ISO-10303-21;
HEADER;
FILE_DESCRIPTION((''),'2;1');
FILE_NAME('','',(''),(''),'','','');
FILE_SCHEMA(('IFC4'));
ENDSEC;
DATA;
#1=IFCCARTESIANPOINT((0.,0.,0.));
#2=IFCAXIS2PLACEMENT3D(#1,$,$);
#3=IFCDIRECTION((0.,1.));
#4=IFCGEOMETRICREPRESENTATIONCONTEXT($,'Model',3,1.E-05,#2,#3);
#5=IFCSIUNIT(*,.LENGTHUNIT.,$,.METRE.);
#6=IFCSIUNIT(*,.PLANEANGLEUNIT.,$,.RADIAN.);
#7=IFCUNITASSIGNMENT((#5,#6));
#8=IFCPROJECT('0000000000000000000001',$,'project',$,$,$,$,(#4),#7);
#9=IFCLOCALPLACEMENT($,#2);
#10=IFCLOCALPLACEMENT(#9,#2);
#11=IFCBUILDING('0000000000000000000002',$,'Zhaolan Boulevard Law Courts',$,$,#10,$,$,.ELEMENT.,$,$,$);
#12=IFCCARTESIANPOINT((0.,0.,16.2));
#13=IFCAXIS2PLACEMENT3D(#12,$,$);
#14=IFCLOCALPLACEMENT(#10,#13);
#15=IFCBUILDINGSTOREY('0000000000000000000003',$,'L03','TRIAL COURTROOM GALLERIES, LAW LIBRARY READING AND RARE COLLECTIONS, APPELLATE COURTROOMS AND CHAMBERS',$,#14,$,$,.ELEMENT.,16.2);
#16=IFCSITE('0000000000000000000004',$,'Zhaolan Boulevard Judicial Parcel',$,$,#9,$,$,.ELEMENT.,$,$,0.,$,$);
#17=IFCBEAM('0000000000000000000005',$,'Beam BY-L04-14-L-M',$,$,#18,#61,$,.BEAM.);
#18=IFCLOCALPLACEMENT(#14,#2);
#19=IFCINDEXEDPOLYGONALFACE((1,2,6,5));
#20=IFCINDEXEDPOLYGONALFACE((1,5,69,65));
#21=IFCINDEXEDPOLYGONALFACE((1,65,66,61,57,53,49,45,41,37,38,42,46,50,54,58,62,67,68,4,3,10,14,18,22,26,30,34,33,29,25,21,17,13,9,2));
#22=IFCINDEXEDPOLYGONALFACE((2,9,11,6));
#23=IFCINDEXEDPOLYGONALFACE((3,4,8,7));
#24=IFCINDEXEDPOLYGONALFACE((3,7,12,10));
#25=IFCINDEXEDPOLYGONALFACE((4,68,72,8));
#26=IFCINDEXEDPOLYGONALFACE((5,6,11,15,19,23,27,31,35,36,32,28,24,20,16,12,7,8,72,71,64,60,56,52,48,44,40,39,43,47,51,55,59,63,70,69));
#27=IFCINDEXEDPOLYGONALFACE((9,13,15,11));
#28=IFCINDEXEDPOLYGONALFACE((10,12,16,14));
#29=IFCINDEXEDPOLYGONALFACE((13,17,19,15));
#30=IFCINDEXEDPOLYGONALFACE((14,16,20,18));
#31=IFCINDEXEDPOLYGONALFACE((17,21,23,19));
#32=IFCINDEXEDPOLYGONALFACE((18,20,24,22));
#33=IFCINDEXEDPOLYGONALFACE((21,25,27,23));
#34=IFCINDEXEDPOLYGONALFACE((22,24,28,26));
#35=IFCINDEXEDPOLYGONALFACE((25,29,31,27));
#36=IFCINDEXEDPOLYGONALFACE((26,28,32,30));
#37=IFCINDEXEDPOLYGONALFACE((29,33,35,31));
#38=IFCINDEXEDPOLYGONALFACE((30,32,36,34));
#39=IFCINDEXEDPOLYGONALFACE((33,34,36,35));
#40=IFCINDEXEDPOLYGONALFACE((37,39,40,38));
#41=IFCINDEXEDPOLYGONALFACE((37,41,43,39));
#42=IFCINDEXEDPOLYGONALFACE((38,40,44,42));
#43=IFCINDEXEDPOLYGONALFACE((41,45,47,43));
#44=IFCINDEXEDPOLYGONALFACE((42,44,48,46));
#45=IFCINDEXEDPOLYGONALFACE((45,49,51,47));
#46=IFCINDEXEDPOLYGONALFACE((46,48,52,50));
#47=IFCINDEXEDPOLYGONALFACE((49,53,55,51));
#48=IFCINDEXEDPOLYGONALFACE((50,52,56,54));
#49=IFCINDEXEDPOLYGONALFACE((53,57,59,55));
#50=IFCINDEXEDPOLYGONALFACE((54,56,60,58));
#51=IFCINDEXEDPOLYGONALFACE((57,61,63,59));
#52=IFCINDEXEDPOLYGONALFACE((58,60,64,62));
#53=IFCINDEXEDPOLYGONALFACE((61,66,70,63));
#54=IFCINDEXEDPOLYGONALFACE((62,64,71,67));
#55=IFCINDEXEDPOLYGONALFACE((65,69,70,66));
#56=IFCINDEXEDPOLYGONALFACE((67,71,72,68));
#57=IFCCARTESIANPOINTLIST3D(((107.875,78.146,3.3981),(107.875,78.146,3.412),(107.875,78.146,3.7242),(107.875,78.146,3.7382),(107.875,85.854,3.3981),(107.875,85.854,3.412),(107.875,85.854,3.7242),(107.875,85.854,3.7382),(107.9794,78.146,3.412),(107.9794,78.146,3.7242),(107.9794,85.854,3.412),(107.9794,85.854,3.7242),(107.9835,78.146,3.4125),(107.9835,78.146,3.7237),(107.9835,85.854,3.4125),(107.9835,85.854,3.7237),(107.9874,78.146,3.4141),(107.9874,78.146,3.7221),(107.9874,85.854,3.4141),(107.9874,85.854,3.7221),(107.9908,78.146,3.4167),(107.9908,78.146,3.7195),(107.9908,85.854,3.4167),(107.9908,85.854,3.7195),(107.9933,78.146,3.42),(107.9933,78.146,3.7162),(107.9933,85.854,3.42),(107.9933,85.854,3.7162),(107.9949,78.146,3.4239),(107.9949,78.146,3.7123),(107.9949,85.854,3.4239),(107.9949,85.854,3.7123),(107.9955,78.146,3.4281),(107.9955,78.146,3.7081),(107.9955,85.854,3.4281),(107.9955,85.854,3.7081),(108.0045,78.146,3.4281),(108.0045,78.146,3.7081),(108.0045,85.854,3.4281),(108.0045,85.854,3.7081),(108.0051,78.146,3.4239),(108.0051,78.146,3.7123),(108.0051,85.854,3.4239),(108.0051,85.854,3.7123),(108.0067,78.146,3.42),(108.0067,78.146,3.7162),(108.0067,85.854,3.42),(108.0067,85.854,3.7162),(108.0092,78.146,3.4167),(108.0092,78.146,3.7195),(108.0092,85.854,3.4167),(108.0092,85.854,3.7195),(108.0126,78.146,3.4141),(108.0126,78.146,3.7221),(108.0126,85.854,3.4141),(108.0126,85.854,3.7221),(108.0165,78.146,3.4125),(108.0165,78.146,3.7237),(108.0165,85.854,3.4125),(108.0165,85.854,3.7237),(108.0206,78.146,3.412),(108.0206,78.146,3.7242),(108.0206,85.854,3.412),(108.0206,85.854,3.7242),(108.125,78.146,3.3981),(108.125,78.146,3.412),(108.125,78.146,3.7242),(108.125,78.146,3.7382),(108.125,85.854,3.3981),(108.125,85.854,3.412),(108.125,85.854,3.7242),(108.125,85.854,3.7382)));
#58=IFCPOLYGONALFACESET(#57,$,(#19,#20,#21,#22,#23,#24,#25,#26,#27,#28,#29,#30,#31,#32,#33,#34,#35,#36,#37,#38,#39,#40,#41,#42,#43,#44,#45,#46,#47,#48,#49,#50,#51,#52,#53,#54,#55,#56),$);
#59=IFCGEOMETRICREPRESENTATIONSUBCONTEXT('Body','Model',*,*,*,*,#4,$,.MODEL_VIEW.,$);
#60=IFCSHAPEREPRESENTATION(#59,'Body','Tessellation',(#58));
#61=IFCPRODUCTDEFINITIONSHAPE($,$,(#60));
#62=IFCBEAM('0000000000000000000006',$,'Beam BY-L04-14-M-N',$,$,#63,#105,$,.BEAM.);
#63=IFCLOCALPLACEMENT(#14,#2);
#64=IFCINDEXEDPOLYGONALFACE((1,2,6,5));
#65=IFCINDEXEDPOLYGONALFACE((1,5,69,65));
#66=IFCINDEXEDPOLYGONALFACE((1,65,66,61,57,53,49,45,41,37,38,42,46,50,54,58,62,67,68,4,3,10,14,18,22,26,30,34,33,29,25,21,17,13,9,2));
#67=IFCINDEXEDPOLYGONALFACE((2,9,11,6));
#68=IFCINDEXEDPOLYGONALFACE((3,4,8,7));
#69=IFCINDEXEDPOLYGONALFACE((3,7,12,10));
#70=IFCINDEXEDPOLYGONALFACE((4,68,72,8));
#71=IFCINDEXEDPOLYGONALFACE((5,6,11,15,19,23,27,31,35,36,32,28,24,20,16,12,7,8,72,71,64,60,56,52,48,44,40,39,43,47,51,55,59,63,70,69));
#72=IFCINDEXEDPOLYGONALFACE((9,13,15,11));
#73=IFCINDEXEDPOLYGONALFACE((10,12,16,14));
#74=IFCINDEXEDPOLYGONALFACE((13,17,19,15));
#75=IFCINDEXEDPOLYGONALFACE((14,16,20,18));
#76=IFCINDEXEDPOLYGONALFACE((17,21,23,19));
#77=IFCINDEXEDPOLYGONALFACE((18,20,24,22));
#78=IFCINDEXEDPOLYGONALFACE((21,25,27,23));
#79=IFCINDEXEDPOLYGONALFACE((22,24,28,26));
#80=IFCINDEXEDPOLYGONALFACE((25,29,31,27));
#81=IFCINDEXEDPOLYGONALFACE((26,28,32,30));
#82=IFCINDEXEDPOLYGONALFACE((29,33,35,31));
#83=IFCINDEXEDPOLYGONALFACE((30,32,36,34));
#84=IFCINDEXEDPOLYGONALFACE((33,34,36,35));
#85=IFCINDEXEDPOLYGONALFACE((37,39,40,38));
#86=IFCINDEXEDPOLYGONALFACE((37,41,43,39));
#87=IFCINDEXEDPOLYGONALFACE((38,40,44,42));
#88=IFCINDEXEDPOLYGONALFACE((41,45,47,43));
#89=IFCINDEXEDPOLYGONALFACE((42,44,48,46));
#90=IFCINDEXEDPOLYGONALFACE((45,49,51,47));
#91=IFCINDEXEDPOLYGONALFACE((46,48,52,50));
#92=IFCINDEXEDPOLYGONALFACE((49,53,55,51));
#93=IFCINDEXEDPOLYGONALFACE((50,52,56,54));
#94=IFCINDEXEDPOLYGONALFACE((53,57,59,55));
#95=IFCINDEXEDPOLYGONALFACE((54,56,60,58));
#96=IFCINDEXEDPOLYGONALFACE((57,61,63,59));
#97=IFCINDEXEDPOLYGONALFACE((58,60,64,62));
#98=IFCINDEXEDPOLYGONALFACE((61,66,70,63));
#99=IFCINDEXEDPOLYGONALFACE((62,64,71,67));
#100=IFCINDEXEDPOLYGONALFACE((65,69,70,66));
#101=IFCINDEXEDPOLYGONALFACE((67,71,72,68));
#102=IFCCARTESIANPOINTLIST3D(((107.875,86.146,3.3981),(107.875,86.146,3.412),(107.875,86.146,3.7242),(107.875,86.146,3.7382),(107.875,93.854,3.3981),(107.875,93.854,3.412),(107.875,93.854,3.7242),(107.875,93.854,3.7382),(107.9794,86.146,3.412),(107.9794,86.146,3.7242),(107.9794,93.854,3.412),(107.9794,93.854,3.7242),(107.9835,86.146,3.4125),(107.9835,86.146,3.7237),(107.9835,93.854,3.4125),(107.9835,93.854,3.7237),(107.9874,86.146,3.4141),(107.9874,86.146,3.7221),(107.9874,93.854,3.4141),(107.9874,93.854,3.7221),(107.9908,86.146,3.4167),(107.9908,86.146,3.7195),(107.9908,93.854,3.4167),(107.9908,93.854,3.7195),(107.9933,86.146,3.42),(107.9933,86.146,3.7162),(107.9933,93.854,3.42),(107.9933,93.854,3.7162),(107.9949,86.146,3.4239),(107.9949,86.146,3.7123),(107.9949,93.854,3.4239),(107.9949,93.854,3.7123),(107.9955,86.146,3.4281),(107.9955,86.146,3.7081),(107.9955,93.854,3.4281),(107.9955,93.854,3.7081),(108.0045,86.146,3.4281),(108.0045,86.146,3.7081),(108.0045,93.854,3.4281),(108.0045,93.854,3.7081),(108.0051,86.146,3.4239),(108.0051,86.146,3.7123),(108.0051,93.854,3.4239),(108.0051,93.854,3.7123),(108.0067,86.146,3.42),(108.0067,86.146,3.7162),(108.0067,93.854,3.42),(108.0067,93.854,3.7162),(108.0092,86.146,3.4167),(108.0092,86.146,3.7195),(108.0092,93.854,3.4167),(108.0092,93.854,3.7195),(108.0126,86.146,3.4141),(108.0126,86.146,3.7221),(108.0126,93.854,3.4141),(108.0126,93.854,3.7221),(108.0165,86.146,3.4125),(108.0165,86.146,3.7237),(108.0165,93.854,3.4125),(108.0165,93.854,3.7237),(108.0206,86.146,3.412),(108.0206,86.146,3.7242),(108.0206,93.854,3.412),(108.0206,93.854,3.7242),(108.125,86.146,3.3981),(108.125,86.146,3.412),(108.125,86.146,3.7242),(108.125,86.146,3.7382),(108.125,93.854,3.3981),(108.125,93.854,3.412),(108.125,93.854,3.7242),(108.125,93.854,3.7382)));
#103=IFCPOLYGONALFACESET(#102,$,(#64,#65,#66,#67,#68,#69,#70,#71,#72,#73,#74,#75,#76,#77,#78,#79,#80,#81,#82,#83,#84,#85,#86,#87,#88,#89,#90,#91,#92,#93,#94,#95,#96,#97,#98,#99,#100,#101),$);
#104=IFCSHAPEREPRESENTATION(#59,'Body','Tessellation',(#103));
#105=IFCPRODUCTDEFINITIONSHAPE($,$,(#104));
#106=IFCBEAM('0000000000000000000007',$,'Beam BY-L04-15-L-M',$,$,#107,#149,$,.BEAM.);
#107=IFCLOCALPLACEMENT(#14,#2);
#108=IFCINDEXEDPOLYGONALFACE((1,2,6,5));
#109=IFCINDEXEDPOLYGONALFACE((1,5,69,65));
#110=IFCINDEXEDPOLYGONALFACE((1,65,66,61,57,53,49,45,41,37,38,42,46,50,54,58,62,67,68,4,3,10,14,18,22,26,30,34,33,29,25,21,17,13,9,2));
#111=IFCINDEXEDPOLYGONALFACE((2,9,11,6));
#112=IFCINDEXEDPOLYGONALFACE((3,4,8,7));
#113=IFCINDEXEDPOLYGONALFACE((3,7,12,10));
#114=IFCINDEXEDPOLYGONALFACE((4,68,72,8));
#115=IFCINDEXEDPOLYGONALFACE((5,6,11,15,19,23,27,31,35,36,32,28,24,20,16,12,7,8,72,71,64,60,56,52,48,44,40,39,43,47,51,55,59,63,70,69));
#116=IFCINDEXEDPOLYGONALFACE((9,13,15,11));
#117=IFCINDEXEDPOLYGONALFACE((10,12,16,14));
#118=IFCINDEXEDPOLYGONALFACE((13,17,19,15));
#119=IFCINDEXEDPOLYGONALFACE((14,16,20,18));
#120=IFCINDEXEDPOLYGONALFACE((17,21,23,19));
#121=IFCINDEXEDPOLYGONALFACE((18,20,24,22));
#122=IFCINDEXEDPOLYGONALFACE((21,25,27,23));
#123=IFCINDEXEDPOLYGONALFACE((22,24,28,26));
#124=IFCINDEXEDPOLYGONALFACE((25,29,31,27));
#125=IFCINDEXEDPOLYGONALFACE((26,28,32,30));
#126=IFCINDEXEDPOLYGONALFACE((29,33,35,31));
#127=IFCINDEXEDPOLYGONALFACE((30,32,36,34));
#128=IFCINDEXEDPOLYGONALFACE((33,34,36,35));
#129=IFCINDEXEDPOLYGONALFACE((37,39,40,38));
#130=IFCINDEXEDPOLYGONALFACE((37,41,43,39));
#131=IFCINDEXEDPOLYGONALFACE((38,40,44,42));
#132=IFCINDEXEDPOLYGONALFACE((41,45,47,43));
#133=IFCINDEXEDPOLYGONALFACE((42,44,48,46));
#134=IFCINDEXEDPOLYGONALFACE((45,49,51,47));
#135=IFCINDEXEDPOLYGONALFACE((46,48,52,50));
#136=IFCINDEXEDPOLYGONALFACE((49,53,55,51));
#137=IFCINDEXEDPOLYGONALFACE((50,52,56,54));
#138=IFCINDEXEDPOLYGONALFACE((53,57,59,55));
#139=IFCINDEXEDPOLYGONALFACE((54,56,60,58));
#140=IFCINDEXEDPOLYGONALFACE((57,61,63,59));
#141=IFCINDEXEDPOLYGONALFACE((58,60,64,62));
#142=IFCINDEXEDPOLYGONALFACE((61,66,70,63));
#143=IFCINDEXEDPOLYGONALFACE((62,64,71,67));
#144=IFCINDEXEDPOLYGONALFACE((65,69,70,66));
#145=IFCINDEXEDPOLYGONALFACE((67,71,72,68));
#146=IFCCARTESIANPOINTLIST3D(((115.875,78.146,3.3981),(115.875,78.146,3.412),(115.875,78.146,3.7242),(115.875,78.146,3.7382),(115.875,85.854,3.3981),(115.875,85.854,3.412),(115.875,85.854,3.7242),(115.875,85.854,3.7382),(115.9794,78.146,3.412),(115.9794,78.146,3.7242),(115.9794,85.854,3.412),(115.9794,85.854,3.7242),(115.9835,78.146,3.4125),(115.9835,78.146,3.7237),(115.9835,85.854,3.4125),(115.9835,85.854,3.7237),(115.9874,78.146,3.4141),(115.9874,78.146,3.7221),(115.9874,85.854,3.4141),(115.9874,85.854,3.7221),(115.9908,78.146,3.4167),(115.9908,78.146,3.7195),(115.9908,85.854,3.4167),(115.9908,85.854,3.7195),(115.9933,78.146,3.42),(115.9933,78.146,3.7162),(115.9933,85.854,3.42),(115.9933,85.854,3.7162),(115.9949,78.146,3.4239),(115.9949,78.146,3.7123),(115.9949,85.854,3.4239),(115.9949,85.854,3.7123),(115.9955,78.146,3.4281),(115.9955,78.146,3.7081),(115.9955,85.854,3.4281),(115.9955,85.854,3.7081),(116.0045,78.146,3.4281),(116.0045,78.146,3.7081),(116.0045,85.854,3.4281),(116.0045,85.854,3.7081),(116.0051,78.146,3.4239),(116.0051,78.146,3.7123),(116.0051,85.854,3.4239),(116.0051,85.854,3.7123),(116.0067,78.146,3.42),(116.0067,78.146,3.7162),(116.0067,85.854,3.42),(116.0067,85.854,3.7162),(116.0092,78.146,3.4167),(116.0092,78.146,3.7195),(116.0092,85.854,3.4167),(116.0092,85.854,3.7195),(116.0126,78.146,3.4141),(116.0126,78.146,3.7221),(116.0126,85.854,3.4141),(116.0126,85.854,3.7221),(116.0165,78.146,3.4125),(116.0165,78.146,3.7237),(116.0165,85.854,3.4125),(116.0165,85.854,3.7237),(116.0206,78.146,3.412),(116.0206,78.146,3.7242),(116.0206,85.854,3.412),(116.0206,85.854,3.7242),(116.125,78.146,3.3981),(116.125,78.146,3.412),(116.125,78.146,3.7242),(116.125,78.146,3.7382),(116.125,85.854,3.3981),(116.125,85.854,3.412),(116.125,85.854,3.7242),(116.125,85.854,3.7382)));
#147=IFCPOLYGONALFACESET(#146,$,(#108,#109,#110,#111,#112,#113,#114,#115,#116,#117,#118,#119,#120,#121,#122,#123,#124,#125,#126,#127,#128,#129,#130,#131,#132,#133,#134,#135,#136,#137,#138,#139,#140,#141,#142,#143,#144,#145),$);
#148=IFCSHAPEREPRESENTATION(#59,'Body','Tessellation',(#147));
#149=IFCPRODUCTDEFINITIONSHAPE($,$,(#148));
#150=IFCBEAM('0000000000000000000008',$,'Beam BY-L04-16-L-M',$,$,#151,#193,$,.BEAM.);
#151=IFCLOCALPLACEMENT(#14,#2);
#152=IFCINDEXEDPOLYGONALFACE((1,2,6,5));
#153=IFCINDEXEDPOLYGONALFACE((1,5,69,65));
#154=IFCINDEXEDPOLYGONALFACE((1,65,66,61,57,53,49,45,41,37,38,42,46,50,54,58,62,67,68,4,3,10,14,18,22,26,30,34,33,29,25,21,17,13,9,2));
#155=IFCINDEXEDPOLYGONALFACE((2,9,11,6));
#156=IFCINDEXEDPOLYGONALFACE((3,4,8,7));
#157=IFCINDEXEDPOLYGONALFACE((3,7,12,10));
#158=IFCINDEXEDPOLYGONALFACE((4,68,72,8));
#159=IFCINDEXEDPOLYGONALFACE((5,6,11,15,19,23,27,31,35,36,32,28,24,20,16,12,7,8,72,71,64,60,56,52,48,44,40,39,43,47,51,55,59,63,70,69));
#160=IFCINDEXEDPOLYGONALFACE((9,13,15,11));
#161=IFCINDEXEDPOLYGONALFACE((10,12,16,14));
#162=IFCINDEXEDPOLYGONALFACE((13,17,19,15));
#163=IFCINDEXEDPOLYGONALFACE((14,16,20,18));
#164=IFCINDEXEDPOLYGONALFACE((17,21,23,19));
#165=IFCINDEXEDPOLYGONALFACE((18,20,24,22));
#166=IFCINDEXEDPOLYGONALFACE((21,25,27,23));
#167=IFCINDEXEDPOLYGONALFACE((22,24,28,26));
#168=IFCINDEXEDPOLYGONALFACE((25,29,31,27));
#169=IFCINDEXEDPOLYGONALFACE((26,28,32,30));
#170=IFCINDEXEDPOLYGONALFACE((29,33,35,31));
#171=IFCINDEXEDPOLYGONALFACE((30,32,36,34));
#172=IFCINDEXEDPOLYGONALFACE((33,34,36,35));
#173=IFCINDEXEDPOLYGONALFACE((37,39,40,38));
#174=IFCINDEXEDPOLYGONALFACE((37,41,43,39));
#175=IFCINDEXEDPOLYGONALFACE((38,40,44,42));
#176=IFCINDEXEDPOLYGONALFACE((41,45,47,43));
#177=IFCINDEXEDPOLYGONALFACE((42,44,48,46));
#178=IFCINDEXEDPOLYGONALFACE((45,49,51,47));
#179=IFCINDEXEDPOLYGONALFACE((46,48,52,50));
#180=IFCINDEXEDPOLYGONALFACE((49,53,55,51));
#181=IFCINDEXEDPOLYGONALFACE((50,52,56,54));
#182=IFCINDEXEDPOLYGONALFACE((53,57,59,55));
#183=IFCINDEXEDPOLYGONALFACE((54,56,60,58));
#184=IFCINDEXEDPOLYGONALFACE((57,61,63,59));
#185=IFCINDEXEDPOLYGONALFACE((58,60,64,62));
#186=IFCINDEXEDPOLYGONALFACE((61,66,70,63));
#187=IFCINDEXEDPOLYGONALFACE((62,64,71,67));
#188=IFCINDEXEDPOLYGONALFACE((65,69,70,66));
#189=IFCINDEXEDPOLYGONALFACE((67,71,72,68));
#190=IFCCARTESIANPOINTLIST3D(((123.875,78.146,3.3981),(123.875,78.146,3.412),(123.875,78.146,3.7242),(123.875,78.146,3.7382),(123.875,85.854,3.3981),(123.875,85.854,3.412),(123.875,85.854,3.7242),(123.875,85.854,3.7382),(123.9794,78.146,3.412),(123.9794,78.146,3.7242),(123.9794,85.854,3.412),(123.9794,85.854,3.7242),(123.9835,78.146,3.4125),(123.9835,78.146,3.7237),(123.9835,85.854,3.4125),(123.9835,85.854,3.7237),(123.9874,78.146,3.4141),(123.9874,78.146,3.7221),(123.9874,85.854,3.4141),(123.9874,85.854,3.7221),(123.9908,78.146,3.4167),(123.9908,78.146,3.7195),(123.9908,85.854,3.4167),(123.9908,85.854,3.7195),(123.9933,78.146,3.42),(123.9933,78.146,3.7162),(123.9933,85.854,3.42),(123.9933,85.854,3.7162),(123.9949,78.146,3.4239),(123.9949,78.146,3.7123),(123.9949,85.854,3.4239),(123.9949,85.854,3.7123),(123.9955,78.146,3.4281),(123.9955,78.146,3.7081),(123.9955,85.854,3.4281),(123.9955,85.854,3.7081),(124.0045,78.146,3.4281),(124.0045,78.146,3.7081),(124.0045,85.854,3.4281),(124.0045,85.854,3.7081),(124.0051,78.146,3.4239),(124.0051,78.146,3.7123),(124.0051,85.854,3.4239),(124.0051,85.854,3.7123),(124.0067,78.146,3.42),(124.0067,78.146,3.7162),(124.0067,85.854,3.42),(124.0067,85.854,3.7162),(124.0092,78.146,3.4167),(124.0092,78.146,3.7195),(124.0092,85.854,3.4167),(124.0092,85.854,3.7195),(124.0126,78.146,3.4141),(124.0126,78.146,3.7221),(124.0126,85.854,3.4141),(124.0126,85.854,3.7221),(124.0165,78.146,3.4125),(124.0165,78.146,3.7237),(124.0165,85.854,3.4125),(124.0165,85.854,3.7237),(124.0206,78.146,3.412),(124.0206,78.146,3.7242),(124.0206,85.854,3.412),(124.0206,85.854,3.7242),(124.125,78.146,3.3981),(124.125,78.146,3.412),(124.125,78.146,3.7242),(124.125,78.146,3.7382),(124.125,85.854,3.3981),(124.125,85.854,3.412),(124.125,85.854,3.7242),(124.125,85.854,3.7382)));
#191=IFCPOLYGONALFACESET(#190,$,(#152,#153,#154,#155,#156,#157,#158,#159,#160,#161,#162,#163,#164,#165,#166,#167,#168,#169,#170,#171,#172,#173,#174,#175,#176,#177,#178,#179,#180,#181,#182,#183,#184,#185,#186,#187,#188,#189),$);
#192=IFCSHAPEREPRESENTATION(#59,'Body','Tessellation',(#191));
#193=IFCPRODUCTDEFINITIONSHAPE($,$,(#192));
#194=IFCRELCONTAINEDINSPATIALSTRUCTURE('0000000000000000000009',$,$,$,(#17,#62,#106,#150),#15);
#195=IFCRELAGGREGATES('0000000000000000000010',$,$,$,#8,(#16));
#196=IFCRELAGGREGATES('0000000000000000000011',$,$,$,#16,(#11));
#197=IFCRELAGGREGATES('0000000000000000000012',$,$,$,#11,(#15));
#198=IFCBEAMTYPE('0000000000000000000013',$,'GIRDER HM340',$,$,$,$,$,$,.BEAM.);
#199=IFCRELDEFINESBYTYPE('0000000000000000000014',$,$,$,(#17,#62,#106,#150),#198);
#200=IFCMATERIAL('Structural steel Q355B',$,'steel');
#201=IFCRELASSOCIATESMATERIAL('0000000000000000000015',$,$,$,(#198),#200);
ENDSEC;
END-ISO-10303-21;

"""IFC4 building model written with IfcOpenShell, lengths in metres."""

from ifc_helpers import new_model, si_unit, direction, frame, origin, origin_2d, place, context, subcontext, project, spatial, i_section, extrude, material, material_profile, profile_set, type_object, element, save


model = new_model("IFC4")

# Units and contexts
model_context = context("Model", 3, precision=1e-05, world=origin(), true_north=direction((0.0, 1.0)))
body_context = subcontext(model_context, "Body", "Model", "MODEL_VIEW")
ifc_project = project(units=[si_unit("LENGTHUNIT", "METRE"), si_unit("PLANEANGLEUNIT", "RADIAN")], contexts=[model_context])

# Site, building, storey
site_placement = place(None, origin())
site = spatial("IfcSite", under=ifc_project, at=site_placement, Name="Zhaolan Boulevard Judicial Parcel", CompositionType="ELEMENT", RefElevation=0.0)
building_placement = place(site_placement, origin())
building = spatial("IfcBuilding", under=site, at=building_placement, Name="Zhaolan Boulevard Law Courts", CompositionType="ELEMENT")
storey_placement = place(building_placement, frame((0.0, 0.0, 16.2)))
storey = spatial("IfcBuildingStorey", under=building, at=storey_placement, Name="L03", Description="TRIAL COURTROOM GALLERIES, LAW LIBRARY READING AND RARE COLLECTIONS, APPELLATE COURTROOMS AND CHAMBERS", CompositionType="ELEMENT", Elevation=16.2)

# Beams
ifc_material_1 = material(Name="Structural steel Q355B", Category="steel")
ifc_material_profile_1 = material_profile(ifc_material_1, i_section(OverallWidth=0.25, OverallDepth=0.3401, WebThickness=0.009, FlangeThickness=0.0139, FilletRadius=0.0161, at=origin_2d()), Name="HM340x250")
ifc_profile_set_1 = profile_set([ifc_material_profile_1], Name="Structural steel Q355B")
beam_type_1 = type_object("IfcBeamType", Name="GIRDER HM340", PredefinedType="BEAM", material=ifc_profile_set_1)
for number, where, z_axis, x_axis, name in (
    (1, (108.0, 78.146, 3.5681), (0.0, 1.0, 0.0), (-1.0, 0.0, 0.0), "Beam BY-L04-14-L-M"),
    (2, (108.0, 86.146, 3.5681), (0.0, 1.0, 0.0), (-1.0, 0.0, 0.0), "Beam BY-L04-14-M-N"),
    (3, (116.0, 78.146, 3.5681), (0.0, 1.0, 0.0), (-1.0, 0.0, 0.0), "Beam BY-L04-15-L-M"),
    (4, (124.0, 78.146, 3.5681), (0.0, 1.0, 0.0), (-1.0, 0.0, 0.0), "Beam BY-L04-16-L-M"),
):
    element("IfcBeam", number, at=place(storey_placement, frame(where, z_axis=z_axis, x_axis=x_axis)), inside=storey, type_object=beam_type_1, Name=name, PredefinedType="BEAM", context=body_context, shape_type="SweptSolid", body=[
        extrude(i_section(OverallWidth=0.25, OverallDepth=0.3401, WebThickness=0.009, FlangeThickness=0.0139, FilletRadius=0.0161, at=origin_2d()), origin(), (0.0, 0.0, 1.0), 7.708),
    ])

save(model, "model.ifc")
